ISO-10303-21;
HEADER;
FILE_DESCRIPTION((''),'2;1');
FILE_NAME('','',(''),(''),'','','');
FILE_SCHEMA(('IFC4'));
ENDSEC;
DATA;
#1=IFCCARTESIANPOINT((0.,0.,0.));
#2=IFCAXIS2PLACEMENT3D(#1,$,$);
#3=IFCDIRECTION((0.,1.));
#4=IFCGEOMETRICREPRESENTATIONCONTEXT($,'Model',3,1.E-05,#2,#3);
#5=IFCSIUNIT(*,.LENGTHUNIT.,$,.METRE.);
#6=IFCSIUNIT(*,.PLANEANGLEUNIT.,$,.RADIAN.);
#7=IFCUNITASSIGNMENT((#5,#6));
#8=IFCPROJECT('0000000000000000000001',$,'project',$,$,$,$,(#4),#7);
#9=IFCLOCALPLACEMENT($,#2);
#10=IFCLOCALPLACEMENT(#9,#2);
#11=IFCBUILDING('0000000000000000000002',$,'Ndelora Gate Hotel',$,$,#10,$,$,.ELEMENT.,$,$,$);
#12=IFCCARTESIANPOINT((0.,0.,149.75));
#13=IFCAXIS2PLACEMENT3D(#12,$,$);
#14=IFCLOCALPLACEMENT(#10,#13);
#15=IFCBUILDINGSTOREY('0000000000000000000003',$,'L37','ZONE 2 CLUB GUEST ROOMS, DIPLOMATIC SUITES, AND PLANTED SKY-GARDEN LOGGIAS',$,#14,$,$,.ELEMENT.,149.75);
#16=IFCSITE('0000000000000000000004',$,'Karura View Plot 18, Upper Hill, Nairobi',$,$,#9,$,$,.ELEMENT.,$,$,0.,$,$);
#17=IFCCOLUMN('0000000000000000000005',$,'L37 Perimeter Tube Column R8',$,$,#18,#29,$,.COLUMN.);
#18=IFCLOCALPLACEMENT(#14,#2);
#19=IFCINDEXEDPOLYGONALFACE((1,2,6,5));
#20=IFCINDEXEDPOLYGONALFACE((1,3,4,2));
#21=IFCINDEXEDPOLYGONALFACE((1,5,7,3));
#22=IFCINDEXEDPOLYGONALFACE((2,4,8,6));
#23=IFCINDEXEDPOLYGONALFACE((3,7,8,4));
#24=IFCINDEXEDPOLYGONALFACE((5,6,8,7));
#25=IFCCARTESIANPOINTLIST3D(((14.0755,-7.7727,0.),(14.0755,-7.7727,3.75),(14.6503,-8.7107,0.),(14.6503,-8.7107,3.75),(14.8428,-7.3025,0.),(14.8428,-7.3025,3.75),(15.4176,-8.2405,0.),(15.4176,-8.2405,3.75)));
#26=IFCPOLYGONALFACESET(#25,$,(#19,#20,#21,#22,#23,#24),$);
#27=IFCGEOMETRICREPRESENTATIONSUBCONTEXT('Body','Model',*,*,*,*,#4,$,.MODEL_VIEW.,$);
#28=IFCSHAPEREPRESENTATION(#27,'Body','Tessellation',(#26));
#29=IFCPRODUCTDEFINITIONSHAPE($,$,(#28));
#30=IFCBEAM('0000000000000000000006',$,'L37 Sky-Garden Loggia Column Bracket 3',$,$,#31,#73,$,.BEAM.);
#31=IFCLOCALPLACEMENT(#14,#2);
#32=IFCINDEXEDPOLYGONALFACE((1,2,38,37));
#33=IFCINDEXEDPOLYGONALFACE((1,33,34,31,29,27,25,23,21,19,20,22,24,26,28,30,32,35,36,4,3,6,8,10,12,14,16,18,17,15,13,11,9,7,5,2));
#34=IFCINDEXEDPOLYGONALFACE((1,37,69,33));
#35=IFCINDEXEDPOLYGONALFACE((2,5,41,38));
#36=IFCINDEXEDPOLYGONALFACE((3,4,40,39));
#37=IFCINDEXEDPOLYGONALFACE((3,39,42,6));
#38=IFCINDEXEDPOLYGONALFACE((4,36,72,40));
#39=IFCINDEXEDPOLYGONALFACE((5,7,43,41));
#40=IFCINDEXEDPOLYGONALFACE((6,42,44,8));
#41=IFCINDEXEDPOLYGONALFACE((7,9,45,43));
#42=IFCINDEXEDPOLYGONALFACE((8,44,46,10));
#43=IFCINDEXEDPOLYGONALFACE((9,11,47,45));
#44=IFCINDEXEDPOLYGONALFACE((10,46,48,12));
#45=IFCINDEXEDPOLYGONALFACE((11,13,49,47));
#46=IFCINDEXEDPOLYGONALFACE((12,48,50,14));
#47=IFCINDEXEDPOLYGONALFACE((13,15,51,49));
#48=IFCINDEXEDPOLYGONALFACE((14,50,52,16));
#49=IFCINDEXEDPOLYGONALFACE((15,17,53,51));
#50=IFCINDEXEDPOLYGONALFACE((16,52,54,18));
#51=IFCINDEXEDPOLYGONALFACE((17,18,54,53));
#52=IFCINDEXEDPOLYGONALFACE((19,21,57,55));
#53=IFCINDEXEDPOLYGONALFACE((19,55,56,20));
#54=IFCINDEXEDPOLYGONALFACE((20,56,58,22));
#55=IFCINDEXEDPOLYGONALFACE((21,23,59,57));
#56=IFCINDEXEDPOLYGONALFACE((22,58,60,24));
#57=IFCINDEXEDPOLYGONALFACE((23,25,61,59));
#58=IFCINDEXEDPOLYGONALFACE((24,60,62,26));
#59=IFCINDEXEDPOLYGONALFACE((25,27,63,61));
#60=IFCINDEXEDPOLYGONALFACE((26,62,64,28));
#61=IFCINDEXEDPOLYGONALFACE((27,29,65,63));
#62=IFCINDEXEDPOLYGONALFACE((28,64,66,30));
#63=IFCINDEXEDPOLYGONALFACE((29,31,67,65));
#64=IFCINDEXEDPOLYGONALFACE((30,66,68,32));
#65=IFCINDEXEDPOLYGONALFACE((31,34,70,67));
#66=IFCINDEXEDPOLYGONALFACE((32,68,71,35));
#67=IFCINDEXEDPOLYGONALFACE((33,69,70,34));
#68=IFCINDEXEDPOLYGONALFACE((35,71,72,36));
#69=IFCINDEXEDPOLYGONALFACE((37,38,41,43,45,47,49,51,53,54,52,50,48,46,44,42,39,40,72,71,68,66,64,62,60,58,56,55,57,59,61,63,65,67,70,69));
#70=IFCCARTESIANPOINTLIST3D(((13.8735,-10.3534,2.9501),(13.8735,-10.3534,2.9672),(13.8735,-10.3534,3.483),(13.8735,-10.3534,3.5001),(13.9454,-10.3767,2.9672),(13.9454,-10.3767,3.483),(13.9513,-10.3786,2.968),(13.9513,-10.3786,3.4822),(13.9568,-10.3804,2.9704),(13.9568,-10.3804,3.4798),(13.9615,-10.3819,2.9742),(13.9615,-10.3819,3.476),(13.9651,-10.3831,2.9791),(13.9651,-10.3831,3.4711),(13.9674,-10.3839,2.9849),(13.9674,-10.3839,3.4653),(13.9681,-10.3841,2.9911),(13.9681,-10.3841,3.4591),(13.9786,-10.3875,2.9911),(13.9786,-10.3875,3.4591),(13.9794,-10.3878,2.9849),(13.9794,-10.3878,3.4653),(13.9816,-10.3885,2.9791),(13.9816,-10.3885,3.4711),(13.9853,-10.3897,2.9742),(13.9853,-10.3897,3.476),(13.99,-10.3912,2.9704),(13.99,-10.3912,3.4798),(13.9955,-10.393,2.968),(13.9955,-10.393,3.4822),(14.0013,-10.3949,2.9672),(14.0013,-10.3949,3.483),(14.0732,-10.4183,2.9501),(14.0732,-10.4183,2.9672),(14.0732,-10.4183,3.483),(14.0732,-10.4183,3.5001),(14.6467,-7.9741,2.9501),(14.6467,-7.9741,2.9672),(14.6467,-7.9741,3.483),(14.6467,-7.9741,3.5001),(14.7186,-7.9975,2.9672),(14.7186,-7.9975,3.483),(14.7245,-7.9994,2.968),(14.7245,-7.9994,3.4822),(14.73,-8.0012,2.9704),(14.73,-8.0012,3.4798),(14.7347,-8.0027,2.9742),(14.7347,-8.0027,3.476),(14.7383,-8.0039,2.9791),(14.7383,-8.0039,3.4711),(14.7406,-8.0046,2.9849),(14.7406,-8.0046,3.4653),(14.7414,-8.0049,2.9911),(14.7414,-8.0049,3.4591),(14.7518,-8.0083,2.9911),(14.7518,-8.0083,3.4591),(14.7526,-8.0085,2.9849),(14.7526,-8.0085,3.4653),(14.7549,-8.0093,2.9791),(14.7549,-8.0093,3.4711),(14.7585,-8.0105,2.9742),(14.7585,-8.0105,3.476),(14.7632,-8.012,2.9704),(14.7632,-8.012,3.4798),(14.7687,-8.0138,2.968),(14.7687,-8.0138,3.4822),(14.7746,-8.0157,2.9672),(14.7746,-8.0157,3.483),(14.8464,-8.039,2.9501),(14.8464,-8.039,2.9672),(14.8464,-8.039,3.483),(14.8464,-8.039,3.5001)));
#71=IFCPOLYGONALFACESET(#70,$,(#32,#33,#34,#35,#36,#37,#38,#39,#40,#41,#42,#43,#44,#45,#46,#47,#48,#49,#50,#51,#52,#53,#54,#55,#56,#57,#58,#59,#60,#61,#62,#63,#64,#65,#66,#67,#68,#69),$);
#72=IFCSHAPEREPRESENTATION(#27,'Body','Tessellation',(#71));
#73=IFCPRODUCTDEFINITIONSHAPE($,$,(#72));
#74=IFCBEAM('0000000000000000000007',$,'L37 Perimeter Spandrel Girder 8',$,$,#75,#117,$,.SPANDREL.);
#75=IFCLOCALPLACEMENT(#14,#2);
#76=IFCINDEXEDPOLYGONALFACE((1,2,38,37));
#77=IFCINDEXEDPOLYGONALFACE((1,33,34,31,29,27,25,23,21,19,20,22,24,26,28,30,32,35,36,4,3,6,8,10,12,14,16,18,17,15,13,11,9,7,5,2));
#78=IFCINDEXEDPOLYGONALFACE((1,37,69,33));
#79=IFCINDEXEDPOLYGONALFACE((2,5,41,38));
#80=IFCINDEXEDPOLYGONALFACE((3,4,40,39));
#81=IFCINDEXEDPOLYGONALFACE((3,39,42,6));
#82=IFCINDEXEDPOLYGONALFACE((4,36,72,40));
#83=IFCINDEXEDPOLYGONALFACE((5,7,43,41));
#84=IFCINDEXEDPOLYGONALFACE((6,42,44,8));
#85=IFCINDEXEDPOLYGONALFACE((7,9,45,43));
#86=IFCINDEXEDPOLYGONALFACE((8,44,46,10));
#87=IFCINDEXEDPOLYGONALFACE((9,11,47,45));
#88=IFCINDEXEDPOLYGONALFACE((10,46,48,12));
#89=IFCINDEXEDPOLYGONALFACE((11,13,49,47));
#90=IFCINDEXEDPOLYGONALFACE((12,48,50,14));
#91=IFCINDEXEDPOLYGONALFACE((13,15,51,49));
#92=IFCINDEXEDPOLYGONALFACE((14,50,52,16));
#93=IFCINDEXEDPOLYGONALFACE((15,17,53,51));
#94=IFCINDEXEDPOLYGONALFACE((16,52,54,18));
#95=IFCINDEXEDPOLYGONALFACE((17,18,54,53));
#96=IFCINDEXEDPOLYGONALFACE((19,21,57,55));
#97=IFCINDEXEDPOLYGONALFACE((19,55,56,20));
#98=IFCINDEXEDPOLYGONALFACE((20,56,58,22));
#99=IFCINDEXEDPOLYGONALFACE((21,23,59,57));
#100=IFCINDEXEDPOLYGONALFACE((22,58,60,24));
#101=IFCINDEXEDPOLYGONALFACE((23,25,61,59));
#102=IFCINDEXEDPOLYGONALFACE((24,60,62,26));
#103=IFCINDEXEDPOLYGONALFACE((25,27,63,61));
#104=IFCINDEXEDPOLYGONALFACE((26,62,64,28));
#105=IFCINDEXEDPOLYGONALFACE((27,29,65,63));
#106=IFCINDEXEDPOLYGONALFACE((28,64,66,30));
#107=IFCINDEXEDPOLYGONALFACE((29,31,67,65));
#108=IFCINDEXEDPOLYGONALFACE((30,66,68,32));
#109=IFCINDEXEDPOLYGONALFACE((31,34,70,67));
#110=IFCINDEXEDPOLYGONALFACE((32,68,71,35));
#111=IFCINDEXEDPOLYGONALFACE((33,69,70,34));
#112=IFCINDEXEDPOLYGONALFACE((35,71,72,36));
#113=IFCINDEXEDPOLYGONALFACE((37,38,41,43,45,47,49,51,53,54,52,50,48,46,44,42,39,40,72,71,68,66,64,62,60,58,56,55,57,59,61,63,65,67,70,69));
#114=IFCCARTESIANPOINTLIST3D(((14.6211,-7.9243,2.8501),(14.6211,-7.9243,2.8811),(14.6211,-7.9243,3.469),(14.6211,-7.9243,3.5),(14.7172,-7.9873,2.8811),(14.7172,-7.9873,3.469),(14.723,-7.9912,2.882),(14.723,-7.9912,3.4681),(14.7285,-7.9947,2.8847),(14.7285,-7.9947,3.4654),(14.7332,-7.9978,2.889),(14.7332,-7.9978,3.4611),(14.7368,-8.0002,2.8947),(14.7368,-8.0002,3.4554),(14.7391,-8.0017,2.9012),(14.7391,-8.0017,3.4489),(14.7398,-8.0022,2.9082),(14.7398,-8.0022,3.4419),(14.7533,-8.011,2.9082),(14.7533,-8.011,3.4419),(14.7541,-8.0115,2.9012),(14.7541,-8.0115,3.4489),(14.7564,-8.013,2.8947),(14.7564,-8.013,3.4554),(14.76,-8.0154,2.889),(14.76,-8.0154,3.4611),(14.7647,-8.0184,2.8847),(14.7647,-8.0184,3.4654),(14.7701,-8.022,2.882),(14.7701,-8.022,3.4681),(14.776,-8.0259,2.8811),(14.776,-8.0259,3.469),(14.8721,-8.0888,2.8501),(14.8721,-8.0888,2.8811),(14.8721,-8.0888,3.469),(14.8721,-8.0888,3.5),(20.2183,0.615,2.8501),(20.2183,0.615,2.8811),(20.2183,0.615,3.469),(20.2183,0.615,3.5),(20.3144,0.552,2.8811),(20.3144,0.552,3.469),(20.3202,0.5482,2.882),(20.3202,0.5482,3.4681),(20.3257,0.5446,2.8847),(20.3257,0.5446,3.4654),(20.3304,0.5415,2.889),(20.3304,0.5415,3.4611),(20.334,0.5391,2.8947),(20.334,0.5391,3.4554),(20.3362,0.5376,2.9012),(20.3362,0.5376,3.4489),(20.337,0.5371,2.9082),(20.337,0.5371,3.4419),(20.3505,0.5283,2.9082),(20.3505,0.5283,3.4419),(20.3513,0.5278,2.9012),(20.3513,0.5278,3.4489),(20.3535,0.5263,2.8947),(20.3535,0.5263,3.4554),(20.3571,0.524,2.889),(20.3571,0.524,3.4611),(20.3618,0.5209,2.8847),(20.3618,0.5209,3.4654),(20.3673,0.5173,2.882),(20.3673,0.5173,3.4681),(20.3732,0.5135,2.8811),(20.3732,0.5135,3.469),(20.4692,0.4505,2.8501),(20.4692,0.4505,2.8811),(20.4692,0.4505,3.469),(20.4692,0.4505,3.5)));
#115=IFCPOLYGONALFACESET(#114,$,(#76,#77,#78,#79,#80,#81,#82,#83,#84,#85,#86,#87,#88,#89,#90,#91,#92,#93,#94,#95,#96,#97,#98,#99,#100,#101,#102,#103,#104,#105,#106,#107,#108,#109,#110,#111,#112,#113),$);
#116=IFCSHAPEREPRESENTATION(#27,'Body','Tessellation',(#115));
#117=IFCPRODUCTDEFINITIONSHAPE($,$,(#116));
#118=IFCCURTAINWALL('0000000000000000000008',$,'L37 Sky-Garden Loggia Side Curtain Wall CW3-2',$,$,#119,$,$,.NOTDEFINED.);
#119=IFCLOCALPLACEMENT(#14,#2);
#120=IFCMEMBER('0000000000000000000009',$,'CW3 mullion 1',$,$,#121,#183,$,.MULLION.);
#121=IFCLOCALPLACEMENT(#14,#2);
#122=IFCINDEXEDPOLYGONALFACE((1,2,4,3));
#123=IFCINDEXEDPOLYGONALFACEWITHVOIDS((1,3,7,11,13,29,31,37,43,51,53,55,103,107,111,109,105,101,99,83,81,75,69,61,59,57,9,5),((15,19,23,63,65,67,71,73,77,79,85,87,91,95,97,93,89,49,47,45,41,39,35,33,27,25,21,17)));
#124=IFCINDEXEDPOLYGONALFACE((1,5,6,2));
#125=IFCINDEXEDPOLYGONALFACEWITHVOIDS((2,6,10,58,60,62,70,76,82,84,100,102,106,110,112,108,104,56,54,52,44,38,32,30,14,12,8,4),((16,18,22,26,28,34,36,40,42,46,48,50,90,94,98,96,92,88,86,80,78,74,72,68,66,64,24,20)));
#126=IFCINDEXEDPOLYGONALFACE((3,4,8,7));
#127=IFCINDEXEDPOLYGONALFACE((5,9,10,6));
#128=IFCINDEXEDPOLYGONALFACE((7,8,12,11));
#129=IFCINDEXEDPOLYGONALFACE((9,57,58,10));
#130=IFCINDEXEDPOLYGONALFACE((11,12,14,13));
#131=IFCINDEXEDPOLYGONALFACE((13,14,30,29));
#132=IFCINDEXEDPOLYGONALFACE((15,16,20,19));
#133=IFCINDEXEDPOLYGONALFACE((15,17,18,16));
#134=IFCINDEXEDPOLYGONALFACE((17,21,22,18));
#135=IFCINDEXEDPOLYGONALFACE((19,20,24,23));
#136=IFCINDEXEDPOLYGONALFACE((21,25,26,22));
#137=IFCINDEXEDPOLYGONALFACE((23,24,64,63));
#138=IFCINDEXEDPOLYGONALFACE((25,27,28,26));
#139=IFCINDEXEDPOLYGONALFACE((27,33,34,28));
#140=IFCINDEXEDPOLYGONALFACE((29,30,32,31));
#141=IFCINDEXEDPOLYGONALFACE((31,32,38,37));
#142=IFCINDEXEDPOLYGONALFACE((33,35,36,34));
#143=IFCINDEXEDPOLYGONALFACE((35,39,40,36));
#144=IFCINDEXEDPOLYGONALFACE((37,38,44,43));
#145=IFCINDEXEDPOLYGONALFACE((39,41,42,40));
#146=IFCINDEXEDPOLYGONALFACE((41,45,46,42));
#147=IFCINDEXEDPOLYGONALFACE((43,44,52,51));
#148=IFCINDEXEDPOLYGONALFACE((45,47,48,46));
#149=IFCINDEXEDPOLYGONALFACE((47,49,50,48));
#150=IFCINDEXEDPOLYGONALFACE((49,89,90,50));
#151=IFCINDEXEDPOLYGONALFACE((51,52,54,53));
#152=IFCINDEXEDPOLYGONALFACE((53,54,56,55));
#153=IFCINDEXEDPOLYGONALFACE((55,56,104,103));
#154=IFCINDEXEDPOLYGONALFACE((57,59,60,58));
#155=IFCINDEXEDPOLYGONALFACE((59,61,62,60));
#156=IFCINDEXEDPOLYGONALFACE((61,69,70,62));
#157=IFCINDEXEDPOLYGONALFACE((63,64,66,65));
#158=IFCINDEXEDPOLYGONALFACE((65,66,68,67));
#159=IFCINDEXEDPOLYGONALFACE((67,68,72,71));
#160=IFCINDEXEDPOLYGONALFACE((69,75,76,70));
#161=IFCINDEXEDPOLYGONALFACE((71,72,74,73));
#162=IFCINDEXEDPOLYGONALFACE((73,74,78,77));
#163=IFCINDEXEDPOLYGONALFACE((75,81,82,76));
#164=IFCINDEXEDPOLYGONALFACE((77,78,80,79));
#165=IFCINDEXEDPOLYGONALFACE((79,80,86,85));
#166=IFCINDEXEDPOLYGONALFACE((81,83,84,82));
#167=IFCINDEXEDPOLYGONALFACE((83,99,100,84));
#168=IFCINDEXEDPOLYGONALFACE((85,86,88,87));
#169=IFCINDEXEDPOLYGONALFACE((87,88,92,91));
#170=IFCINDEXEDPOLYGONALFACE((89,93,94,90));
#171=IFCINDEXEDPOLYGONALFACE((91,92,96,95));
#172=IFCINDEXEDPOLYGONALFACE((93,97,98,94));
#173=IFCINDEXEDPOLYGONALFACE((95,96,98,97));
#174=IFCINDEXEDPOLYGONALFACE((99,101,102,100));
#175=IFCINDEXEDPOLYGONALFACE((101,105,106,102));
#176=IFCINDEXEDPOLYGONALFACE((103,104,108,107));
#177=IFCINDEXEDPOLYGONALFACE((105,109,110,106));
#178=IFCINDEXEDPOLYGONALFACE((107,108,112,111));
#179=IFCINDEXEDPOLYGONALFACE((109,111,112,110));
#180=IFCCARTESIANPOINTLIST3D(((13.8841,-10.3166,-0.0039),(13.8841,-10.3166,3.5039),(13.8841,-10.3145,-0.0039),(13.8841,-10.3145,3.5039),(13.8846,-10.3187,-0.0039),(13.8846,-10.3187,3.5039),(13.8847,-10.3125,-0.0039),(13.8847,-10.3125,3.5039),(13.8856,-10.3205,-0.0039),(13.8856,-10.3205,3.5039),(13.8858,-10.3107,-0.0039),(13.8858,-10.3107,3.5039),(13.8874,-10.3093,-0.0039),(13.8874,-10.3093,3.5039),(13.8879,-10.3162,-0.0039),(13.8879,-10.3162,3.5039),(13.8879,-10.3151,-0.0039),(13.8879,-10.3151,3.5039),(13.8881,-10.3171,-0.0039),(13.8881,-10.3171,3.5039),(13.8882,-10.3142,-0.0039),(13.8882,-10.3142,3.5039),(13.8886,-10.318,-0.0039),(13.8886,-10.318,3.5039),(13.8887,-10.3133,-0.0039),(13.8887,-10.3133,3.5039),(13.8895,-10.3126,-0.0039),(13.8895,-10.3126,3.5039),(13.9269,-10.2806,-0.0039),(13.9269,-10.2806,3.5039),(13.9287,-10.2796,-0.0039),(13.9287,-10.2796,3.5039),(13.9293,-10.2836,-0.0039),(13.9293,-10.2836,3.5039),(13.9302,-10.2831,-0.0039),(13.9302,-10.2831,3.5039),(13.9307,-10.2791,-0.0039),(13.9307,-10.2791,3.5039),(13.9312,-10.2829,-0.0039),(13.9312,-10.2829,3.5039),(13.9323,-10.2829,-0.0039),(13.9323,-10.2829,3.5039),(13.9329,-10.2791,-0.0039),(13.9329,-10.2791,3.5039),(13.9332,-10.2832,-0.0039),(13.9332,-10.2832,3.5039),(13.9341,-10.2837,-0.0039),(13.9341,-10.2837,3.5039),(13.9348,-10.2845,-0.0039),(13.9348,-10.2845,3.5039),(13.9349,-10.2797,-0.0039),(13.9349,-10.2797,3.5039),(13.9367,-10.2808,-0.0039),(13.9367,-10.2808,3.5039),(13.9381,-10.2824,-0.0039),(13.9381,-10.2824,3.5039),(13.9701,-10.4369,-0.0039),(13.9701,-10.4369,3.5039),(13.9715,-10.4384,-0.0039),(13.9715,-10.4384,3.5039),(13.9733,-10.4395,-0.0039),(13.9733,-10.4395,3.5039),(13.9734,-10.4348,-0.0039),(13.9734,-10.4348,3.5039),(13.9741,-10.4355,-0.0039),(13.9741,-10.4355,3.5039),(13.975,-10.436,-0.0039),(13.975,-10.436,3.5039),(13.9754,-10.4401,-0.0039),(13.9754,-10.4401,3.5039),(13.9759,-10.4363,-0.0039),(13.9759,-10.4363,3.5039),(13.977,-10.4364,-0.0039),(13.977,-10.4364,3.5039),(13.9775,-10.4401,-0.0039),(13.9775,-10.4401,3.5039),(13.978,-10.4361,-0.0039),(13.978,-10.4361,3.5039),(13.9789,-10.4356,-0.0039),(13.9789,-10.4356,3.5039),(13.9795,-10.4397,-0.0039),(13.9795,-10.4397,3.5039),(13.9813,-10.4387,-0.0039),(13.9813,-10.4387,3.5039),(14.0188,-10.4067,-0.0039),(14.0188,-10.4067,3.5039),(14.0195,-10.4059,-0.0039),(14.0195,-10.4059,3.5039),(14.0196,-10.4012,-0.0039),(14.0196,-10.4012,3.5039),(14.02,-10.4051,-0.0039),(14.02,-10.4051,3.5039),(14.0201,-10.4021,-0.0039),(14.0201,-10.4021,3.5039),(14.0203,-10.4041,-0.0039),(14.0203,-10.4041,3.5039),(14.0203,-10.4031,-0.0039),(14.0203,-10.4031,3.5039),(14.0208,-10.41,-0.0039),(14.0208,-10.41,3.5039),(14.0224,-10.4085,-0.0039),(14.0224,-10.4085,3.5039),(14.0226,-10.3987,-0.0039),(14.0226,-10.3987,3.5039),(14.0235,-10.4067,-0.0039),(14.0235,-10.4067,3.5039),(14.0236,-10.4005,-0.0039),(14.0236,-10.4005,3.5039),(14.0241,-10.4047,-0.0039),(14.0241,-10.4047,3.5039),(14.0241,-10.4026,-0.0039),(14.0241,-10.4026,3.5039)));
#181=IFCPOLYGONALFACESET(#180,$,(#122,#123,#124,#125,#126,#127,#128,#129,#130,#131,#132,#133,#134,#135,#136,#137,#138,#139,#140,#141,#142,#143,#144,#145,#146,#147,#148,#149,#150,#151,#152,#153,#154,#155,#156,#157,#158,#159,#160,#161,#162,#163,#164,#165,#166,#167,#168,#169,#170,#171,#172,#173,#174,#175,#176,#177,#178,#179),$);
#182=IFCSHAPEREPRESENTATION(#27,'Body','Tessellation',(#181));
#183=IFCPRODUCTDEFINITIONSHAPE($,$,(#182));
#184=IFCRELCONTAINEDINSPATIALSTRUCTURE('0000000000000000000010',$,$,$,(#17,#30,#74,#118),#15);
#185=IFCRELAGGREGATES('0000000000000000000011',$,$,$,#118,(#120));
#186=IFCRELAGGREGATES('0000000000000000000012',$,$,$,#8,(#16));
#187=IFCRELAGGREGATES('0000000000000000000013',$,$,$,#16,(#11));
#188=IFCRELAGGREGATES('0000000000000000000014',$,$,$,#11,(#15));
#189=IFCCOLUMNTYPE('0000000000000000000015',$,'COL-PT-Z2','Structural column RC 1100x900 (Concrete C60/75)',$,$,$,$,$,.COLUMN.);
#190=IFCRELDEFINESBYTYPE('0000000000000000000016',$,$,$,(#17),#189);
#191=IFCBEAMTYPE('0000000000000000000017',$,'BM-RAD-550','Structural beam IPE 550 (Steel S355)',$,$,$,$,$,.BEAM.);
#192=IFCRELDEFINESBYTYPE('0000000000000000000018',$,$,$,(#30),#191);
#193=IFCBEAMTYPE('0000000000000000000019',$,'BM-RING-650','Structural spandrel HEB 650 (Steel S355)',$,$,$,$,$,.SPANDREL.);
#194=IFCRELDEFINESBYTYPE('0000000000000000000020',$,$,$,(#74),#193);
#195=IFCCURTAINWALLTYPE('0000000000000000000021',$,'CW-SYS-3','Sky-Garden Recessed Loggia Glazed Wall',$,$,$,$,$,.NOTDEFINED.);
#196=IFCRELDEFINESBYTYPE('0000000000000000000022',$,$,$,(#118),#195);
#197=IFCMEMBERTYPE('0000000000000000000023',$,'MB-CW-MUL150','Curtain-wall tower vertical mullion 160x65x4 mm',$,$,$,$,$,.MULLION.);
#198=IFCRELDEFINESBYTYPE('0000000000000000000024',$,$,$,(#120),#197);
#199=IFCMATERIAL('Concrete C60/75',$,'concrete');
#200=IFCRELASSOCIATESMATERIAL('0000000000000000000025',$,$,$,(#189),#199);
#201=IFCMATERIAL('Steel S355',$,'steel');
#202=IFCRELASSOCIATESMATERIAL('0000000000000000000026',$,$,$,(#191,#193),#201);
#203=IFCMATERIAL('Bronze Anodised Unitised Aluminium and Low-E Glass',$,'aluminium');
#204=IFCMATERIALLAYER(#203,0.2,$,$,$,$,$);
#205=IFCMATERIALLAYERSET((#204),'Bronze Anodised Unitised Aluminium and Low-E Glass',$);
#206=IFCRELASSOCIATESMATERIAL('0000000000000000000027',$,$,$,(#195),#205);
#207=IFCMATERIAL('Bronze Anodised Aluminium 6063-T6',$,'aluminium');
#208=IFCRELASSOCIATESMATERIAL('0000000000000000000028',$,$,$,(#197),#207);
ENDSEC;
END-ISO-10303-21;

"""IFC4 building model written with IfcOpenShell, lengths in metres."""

from ifc_helpers import new_model, si_unit, direction, frame, origin, origin_2d, place, context, subcontext, project, spatial, rectangle, hollow_rectangle, i_section, extrude, material, layer, layer_set, material_profile, profile_set, type_object, element, aggregate, save


model = new_model("IFC4")

# Units and contexts
model_context = context("Model", 3, precision=1e-05, world=origin(), true_north=direction((0.0, 1.0)))
body_context = subcontext(model_context, "Body", "Model", "MODEL_VIEW")
ifc_project = project(units=[si_unit("LENGTHUNIT", "METRE"), si_unit("PLANEANGLEUNIT", "RADIAN")], contexts=[model_context])

# Site, building, storey
site_placement = place(None, origin())
site = spatial("IfcSite", under=ifc_project, at=site_placement, Name="Karura View Plot 18, Upper Hill, Nairobi", CompositionType="ELEMENT", RefElevation=0.0)
building_placement = place(site_placement, origin())
building = spatial("IfcBuilding", under=site, at=building_placement, Name="Ndelora Gate Hotel", CompositionType="ELEMENT")
storey_placement = place(building_placement, frame((0.0, 0.0, 149.75)))
storey = spatial("IfcBuildingStorey", under=building, at=storey_placement, Name="L37", Description="ZONE 2 CLUB GUEST ROOMS, DIPLOMATIC SUITES, AND PLANTED SKY-GARDEN LOGGIAS", CompositionType="ELEMENT", Elevation=149.75)

# Column
ifc_material_1 = material(Name="Concrete C60/75", Category="concrete")
ifc_material_profile_1 = material_profile(ifc_material_1, rectangle(XDim=0.8999, YDim=1.1001, at=origin_2d()), Name="RC 1100x900")
ifc_profile_set_1 = profile_set([ifc_material_profile_1], Name="Concrete C60/75")
column_type = type_object("IfcColumnType", Name="COL-PT-Z2", Description="Structural column RC 1100x900 (Concrete C60/75)", PredefinedType="COLUMN", material=ifc_profile_set_1)
column_placement = place(storey_placement, frame((14.7466, -8.0066, 0.0), z_axis=(0.0, 0.0, 1.0), x_axis=(0.85264, 0.522499, 0.0)))
element("IfcColumn", 1, at=column_placement, inside=storey, type_object=column_type, Name="L37 Perimeter Tube Column R8", PredefinedType="COLUMN", context=body_context, shape_type="SweptSolid", body=[
    extrude(rectangle(XDim=0.8999, YDim=1.1001, at=origin_2d()), origin(), (0.0, 0.0, 1.0), 3.75),
])

# Beams
ifc_material_2 = material(Name="Steel S355", Category="steel")
ifc_material_profile_2 = material_profile(ifc_material_2, i_section(OverallWidth=0.21, OverallDepth=0.55, WebThickness=0.011, FlangeThickness=0.0171, FilletRadius=0.0239, at=origin_2d()), Name="IPE 550")
ifc_profile_set_2 = profile_set([ifc_material_profile_2], Name="Steel S355")
beam_type_1 = type_object("IfcBeamType", Name="BM-RAD-550", Description="Structural beam IPE 550 (Steel S355)", PredefinedType="BEAM", material=ifc_profile_set_2)
beam_1_placement = place(storey_placement, frame((14.7466, -8.0066, 3.2251), z_axis=(-0.309075, -0.951038, 0.0), x_axis=(0.951038, -0.309075, 0.0)))
element("IfcBeam", 2, at=beam_1_placement, inside=storey, type_object=beam_type_1, Name="L37 Sky-Garden Loggia Column Bracket 3", PredefinedType="BEAM", context=body_context, shape_type="SweptSolid", body=[
    extrude(i_section(OverallWidth=0.21, OverallDepth=0.55, WebThickness=0.011, FlangeThickness=0.0171, FilletRadius=0.0239, at=origin_2d()), origin(), (0.0, 0.0, 1.0), 2.5017),
])
ifc_material_profile_3 = material_profile(ifc_material_2, i_section(OverallWidth=0.3, OverallDepth=0.6499, WebThickness=0.0161, FlangeThickness=0.031, FilletRadius=0.0271, at=origin_2d()), Name="HEB 650")
ifc_profile_set_3 = profile_set([ifc_material_profile_3], Name="Steel S355")
beam_type_2 = type_object("IfcBeamType", Name="BM-RING-650", Description="Structural spandrel HEB 650 (Steel S355)", PredefinedType="SPANDREL", material=ifc_profile_set_3)
beam_2_placement = place(storey_placement, frame((14.7466, -8.0066, 3.175), z_axis=(0.548194, 0.836351, 0.0), x_axis=(-0.836351, 0.548194, 0.0)))
element("IfcBeam", 3, at=beam_2_placement, inside=storey, type_object=beam_type_2, Name="L37 Perimeter Spandrel Girder 8", PredefinedType="SPANDREL", context=body_context, shape_type="SweptSolid", body=[
    extrude(i_section(OverallWidth=0.3, OverallDepth=0.6499, WebThickness=0.0161, FlangeThickness=0.031, FilletRadius=0.0271, at=origin_2d()), origin(), (0.0, 0.0, 1.0), 10.2102),
])

# Curtain wall, member
ifc_material_3 = material(Name="Bronze Anodised Unitised Aluminium and Low-E Glass", Category="aluminium")
ifc_layer_1 = layer(ifc_material_3, 0.2)
ifc_layer_set_1 = layer_set([ifc_layer_1], Name="Bronze Anodised Unitised Aluminium and Low-E Glass")
curtain_wall_type = type_object("IfcCurtainWallType", Name="CW-SYS-3", Description="Sky-Garden Recessed Loggia Glazed Wall", PredefinedType="NOTDEFINED", material=ifc_layer_set_1)
curtain_wall_placement = place(storey_placement, origin())
curtain_wall = element("IfcCurtainWall", 4, at=curtain_wall_placement, inside=storey, type_object=curtain_wall_type, Name="L37 Sky-Garden Loggia Side Curtain Wall CW3-2", PredefinedType="NOTDEFINED")
ifc_material_4 = material(Name="Bronze Anodised Aluminium 6063-T6", Category="aluminium")
ifc_material_profile_4 = material_profile(ifc_material_4, hollow_rectangle(XDim=0.0649, YDim=0.1599, WallThickness=0.0039, InnerFilletRadius=0.0039, OuterFilletRadius=0.0081, at=origin_2d()), Name="ALU 160x65x4")
ifc_profile_set_4 = profile_set([ifc_material_profile_4], Name="Bronze Anodised Aluminium 6063-T6")
member_type_1 = type_object("IfcMemberType", Name="MB-CW-MUL150", Description="Curtain-wall tower vertical mullion 160x65x4 mm", PredefinedType="MULLION", material=ifc_profile_set_4)
member_1_placement = place(storey_placement, frame((13.9541, -10.3596, -0.0039), z_axis=(0.0, 0.0, 1.0), x_axis=(-0.809017, -0.587785, 0.0)))
member_1 = element("IfcMember", 5, at=member_1_placement, type_object=member_type_1, Name="CW3 mullion 1", PredefinedType="MULLION", context=body_context, shape_type="SweptSolid", body=[
    extrude(hollow_rectangle(XDim=0.0649, YDim=0.1599, WallThickness=0.0039, InnerFilletRadius=0.0039, OuterFilletRadius=0.0081, at=origin_2d()), origin(), (0.0, 0.0, 1.0), 3.5078),
])
aggregate(curtain_wall, [member_1])

save(model, "model.ifc")
